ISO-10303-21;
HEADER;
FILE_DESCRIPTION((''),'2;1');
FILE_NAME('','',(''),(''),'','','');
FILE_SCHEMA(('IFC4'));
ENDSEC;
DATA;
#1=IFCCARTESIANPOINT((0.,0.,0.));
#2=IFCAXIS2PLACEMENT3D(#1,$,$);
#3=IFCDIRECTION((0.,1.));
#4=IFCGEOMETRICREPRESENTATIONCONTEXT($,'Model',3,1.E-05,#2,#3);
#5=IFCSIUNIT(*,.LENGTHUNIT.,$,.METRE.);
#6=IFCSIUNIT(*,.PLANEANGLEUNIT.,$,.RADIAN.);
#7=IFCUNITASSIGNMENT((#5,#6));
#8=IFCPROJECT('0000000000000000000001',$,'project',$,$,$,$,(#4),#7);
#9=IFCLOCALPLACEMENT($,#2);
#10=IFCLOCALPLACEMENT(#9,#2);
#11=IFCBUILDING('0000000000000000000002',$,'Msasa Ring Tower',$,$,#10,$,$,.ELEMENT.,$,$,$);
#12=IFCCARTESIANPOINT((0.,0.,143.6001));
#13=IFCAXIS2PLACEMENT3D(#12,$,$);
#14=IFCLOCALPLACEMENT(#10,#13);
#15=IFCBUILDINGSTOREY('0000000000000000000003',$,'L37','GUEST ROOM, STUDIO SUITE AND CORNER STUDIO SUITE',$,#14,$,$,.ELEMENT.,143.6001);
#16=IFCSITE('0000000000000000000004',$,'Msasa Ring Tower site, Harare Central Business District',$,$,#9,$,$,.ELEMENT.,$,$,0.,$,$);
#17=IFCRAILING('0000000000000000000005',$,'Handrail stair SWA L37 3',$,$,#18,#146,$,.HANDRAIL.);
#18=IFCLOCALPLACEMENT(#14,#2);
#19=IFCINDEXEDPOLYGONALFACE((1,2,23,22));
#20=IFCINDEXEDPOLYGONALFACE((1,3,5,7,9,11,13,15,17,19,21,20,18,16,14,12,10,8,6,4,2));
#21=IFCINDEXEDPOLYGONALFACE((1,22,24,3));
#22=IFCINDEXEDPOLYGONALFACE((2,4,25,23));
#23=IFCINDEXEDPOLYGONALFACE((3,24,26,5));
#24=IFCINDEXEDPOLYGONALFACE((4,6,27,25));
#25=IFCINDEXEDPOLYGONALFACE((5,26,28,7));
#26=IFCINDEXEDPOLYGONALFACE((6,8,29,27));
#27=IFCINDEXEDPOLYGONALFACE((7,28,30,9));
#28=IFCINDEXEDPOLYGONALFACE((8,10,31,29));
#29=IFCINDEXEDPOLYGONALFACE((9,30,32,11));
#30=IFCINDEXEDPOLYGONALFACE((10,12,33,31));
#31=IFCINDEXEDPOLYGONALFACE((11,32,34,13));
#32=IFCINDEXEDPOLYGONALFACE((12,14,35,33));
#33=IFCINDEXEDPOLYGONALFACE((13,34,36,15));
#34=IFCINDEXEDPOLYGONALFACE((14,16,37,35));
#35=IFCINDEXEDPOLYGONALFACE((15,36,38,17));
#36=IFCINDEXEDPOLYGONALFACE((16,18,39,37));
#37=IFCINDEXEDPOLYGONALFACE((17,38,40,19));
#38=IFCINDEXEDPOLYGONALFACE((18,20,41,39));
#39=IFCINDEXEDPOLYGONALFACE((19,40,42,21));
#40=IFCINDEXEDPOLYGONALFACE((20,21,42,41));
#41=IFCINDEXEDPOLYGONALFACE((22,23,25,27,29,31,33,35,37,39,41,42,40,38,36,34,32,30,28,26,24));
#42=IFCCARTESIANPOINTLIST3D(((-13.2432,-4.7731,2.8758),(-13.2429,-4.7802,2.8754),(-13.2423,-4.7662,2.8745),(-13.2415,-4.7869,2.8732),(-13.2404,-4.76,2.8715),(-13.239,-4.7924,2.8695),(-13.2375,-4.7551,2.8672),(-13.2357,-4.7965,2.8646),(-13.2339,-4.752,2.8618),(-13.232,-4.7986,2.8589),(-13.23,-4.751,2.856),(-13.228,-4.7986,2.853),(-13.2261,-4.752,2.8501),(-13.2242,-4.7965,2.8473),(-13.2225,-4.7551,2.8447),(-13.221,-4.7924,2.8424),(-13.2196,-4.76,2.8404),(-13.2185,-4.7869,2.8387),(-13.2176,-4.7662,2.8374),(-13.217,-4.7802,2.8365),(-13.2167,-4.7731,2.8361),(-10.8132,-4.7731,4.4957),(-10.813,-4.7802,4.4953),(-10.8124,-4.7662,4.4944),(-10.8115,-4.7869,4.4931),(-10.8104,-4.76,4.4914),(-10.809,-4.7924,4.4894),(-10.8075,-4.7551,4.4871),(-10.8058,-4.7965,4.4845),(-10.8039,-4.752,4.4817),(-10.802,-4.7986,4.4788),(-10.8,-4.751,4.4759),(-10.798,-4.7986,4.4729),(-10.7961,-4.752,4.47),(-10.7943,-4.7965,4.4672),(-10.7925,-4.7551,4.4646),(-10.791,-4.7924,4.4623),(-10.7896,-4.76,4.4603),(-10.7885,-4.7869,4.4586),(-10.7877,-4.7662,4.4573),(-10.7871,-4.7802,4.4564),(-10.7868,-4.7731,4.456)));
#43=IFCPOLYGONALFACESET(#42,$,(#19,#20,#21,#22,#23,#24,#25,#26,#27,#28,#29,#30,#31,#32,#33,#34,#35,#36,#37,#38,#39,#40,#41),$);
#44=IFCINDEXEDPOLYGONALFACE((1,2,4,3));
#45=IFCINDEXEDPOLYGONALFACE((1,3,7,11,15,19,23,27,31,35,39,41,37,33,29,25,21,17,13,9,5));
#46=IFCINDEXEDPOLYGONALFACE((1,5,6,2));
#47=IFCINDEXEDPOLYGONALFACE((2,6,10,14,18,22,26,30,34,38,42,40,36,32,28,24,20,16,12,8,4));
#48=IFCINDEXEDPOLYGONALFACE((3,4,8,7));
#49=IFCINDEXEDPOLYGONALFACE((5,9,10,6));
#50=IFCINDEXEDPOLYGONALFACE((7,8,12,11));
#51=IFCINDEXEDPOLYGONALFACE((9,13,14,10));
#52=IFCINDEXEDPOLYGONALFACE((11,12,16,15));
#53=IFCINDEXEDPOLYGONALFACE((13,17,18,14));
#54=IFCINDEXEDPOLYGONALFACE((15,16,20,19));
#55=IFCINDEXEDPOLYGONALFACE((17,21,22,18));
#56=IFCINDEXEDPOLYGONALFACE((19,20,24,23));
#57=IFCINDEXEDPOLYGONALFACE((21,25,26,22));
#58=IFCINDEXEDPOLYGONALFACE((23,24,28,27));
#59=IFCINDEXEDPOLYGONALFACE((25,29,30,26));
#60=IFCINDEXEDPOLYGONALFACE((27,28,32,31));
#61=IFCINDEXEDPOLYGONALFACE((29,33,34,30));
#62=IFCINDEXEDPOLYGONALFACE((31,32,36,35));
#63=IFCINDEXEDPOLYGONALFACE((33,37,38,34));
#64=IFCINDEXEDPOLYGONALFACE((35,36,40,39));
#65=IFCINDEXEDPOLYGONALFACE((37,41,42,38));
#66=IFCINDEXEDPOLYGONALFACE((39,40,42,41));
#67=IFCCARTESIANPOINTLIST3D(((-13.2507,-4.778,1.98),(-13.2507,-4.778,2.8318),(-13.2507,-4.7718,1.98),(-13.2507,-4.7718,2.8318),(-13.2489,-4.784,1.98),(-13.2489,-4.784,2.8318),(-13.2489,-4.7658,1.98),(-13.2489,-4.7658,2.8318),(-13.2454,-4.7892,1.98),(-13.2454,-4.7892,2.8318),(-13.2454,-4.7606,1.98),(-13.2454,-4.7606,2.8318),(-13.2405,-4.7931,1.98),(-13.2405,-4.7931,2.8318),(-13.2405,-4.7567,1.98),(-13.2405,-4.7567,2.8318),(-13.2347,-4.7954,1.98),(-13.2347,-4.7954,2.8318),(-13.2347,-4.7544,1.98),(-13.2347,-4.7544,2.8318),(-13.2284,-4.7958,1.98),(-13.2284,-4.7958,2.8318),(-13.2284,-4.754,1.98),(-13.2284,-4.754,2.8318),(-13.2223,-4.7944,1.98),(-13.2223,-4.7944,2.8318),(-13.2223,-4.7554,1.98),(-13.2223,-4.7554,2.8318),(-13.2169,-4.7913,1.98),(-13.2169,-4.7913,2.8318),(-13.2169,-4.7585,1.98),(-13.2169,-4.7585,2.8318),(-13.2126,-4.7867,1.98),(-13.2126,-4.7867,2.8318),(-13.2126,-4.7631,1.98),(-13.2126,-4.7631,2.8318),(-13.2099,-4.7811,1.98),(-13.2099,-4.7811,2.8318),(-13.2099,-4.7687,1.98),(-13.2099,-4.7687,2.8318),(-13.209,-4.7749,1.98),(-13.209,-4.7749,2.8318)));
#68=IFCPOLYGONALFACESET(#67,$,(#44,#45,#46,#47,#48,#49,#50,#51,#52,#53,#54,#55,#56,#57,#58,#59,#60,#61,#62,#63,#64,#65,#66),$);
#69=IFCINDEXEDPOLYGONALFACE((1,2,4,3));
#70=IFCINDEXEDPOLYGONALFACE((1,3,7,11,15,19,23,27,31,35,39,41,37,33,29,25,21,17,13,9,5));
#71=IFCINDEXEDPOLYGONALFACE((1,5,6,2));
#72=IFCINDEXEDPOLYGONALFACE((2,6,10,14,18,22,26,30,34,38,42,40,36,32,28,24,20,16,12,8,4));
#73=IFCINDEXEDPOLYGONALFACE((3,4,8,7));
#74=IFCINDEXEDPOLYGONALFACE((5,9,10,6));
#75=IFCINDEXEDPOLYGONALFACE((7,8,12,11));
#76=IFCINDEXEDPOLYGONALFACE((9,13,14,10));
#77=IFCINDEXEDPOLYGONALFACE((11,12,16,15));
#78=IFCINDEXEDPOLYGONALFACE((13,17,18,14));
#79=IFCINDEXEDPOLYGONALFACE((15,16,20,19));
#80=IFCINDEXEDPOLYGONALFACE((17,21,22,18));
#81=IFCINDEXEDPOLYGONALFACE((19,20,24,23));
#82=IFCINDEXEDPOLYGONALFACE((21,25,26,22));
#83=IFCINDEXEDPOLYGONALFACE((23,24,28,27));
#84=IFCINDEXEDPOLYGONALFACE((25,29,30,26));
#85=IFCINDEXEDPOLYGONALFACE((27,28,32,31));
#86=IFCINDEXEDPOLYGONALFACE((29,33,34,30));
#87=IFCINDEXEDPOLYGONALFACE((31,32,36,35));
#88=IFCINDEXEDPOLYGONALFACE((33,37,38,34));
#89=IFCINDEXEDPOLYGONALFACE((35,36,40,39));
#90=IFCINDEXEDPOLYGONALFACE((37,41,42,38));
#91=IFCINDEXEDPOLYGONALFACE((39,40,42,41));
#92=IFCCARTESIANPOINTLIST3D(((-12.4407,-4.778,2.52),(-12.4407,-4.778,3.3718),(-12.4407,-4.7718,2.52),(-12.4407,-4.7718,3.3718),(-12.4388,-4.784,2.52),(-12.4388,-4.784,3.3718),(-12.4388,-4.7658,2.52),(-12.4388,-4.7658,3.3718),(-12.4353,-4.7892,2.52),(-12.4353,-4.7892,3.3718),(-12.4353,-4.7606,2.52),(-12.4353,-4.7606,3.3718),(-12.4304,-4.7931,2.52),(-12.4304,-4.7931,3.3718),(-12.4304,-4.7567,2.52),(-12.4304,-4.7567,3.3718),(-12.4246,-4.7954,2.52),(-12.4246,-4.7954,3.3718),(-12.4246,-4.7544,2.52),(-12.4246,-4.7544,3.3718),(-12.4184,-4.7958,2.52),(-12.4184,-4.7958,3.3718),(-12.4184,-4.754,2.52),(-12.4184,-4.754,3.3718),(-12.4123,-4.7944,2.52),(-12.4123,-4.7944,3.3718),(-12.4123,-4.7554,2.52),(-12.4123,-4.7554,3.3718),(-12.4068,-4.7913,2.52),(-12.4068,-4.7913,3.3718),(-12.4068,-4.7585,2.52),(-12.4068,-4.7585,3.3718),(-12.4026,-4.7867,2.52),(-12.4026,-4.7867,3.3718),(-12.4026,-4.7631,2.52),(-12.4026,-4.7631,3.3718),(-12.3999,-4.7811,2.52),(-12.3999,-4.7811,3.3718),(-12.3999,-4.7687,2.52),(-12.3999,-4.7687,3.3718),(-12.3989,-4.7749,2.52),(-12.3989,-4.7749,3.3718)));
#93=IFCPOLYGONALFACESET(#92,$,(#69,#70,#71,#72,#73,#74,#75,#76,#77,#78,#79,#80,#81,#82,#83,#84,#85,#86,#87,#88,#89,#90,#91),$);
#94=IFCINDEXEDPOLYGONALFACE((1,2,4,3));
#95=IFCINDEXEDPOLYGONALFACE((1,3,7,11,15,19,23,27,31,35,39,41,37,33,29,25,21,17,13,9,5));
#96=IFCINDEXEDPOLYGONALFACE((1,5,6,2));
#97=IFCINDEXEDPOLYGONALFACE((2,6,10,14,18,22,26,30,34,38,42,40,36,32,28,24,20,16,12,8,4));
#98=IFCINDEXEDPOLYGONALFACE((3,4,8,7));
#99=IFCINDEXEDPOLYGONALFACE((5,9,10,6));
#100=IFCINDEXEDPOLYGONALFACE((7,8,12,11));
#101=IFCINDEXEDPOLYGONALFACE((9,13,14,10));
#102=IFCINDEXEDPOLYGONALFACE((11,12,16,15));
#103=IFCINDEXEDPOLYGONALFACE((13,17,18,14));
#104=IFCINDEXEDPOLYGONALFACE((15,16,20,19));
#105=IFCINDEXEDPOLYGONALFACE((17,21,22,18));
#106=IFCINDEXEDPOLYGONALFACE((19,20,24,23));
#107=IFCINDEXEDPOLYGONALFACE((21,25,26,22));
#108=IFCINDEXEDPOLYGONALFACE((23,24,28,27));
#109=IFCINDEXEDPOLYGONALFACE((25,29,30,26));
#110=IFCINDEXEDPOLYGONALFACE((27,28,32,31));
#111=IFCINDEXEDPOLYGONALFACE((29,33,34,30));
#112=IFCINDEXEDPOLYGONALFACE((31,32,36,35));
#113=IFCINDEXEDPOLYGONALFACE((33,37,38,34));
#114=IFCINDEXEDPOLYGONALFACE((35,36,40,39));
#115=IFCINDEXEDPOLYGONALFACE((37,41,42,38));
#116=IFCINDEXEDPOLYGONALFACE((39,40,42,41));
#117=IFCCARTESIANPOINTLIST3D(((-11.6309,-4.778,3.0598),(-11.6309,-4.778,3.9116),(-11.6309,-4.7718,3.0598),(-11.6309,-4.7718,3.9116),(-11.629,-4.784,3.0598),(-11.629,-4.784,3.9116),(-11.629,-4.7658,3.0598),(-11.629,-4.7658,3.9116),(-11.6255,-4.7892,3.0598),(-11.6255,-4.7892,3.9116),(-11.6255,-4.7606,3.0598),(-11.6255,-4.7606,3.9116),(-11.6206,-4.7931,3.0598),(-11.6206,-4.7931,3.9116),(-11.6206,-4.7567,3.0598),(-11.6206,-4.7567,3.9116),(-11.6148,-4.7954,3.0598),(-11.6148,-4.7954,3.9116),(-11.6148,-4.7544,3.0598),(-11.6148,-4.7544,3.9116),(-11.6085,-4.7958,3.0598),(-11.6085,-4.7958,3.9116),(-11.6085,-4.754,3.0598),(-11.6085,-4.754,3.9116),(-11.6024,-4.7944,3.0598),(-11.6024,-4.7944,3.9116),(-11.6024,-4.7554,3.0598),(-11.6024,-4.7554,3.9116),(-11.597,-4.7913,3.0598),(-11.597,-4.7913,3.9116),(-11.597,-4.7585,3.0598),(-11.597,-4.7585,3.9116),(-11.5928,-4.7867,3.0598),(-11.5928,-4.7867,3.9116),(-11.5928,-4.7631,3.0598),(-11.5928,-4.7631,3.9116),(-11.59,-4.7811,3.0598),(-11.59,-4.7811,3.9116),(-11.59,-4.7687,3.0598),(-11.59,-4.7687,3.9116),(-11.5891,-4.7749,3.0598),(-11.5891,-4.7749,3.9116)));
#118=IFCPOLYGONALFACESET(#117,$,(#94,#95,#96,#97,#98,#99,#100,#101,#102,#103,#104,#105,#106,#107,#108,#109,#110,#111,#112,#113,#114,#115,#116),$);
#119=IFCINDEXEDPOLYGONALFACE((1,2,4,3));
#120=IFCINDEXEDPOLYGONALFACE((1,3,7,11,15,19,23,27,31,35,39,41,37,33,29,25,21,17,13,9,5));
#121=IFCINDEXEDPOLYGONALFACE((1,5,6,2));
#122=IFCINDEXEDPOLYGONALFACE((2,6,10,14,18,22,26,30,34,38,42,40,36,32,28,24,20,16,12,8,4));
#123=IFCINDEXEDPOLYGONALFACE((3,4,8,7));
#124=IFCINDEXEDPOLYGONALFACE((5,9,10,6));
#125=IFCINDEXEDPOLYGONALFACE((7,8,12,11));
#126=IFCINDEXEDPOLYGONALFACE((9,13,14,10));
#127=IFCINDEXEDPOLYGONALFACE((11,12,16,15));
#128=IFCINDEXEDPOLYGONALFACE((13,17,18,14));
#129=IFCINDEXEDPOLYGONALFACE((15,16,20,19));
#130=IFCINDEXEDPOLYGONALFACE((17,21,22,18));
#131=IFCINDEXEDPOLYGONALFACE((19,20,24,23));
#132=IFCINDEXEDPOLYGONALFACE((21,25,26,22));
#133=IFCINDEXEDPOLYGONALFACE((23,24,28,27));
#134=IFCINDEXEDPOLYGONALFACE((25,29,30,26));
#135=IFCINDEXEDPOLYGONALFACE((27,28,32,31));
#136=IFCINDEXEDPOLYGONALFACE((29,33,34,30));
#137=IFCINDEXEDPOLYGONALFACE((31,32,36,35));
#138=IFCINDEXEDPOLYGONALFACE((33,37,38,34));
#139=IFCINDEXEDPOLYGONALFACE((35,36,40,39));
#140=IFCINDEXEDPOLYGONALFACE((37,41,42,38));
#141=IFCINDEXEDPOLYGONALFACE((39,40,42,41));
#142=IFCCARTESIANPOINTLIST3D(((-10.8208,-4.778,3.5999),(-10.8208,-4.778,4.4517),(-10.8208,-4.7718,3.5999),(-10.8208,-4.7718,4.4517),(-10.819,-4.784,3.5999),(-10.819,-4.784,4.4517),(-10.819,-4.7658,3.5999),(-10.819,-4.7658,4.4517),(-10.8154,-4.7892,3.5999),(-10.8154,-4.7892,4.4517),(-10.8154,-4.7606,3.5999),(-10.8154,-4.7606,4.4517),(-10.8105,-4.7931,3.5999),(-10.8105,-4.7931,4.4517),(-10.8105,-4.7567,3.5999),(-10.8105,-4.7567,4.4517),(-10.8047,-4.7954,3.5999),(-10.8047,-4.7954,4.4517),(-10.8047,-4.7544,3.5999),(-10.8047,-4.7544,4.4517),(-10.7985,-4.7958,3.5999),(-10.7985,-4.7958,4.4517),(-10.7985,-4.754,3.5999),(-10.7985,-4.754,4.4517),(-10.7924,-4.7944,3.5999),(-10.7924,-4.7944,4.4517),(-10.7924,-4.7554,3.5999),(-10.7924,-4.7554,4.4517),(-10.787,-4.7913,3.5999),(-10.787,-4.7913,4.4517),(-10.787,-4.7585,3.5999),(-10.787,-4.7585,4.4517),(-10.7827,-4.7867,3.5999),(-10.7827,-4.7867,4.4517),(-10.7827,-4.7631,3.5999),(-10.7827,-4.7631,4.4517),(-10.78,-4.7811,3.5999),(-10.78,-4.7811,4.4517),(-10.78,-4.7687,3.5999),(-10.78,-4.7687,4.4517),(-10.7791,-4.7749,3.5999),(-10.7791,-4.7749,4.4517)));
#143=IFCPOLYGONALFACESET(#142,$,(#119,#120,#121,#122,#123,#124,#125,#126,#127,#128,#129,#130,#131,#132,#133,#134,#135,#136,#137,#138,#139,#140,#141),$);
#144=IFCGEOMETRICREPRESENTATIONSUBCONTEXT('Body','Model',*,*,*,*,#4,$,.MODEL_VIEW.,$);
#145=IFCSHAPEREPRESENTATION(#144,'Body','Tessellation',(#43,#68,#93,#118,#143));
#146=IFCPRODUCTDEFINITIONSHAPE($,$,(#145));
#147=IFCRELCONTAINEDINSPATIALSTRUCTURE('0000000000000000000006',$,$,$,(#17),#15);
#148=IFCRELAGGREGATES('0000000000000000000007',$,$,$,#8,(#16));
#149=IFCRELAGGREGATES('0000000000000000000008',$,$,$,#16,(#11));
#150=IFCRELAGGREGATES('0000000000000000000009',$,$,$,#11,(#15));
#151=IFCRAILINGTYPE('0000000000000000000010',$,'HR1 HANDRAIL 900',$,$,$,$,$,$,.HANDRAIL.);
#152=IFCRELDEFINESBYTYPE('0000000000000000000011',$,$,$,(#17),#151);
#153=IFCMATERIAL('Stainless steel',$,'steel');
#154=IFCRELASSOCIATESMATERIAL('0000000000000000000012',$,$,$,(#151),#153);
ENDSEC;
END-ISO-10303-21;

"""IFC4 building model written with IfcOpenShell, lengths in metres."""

from ifc_helpers import new_model, si_unit, direction, frame, origin, origin_2d, place, context, subcontext, project, spatial, circle, extrude, material, type_object, element, save


model = new_model("IFC4")

# Units and contexts
model_context = context("Model", 3, precision=1e-05, world=origin(), true_north=direction((0.0, 1.0)))
body_context = subcontext(model_context, "Body", "Model", "MODEL_VIEW")
ifc_project = project(units=[si_unit("LENGTHUNIT", "METRE"), si_unit("PLANEANGLEUNIT", "RADIAN")], contexts=[model_context])

# Site, building, storey
site_placement = place(None, origin())
site = spatial("IfcSite", under=ifc_project, at=site_placement, Name="Msasa Ring Tower site, Harare Central Business District", CompositionType="ELEMENT", RefElevation=0.0)
building_placement = place(site_placement, origin())
building = spatial("IfcBuilding", under=site, at=building_placement, Name="Msasa Ring Tower", CompositionType="ELEMENT")
storey_placement = place(building_placement, frame((0.0, 0.0, 143.6001)))
storey = spatial("IfcBuildingStorey", under=building, at=storey_placement, Name="L37", Description="GUEST ROOM, STUDIO SUITE AND CORNER STUDIO SUITE", CompositionType="ELEMENT", Elevation=143.6001)

# Railing
ifc_material_1 = material(Name="Stainless steel", Category="steel")
railing_type = type_object("IfcRailingType", Name="HR1 HANDRAIL 900", PredefinedType="HANDRAIL", material=ifc_material_1)
for number, where, name in (
    (1, (-13.23, -4.7749, 1.98), "Handrail stair SWA L37 3"),
):
    element("IfcRailing", number, at=place(storey_placement, frame(where)), inside=storey, type_object=railing_type, Name=name, PredefinedType="HANDRAIL", context=body_context, shape_type="SweptSolid", body=[
        extrude(circle(Radius=0.0239, at=origin_2d()), frame((0.0, 0.0, 0.876), z_axis=(0.832063, 0.0, 0.554681), x_axis=(0.0, 1.0, 0.0)), (0.0, 0.0, 1.0), 2.9204),
        extrude(circle(Radius=0.021, at=origin_2d()), origin(), (0.0, 0.0, 1.0), 0.8518),
        extrude(circle(Radius=0.021, at=origin_2d()), frame((0.8101, 0.0, 0.54)), (0.0, 0.0, 1.0), 0.8518),
        extrude(circle(Radius=0.021, at=origin_2d()), frame((1.6199, 0.0, 1.0798)), (0.0, 0.0, 1.0), 0.8518),
        extrude(circle(Radius=0.021, at=origin_2d()), frame((2.4299, 0.0, 1.6199)), (0.0, 0.0, 1.0), 0.8518),
    ])

save(model, "model.ifc")
